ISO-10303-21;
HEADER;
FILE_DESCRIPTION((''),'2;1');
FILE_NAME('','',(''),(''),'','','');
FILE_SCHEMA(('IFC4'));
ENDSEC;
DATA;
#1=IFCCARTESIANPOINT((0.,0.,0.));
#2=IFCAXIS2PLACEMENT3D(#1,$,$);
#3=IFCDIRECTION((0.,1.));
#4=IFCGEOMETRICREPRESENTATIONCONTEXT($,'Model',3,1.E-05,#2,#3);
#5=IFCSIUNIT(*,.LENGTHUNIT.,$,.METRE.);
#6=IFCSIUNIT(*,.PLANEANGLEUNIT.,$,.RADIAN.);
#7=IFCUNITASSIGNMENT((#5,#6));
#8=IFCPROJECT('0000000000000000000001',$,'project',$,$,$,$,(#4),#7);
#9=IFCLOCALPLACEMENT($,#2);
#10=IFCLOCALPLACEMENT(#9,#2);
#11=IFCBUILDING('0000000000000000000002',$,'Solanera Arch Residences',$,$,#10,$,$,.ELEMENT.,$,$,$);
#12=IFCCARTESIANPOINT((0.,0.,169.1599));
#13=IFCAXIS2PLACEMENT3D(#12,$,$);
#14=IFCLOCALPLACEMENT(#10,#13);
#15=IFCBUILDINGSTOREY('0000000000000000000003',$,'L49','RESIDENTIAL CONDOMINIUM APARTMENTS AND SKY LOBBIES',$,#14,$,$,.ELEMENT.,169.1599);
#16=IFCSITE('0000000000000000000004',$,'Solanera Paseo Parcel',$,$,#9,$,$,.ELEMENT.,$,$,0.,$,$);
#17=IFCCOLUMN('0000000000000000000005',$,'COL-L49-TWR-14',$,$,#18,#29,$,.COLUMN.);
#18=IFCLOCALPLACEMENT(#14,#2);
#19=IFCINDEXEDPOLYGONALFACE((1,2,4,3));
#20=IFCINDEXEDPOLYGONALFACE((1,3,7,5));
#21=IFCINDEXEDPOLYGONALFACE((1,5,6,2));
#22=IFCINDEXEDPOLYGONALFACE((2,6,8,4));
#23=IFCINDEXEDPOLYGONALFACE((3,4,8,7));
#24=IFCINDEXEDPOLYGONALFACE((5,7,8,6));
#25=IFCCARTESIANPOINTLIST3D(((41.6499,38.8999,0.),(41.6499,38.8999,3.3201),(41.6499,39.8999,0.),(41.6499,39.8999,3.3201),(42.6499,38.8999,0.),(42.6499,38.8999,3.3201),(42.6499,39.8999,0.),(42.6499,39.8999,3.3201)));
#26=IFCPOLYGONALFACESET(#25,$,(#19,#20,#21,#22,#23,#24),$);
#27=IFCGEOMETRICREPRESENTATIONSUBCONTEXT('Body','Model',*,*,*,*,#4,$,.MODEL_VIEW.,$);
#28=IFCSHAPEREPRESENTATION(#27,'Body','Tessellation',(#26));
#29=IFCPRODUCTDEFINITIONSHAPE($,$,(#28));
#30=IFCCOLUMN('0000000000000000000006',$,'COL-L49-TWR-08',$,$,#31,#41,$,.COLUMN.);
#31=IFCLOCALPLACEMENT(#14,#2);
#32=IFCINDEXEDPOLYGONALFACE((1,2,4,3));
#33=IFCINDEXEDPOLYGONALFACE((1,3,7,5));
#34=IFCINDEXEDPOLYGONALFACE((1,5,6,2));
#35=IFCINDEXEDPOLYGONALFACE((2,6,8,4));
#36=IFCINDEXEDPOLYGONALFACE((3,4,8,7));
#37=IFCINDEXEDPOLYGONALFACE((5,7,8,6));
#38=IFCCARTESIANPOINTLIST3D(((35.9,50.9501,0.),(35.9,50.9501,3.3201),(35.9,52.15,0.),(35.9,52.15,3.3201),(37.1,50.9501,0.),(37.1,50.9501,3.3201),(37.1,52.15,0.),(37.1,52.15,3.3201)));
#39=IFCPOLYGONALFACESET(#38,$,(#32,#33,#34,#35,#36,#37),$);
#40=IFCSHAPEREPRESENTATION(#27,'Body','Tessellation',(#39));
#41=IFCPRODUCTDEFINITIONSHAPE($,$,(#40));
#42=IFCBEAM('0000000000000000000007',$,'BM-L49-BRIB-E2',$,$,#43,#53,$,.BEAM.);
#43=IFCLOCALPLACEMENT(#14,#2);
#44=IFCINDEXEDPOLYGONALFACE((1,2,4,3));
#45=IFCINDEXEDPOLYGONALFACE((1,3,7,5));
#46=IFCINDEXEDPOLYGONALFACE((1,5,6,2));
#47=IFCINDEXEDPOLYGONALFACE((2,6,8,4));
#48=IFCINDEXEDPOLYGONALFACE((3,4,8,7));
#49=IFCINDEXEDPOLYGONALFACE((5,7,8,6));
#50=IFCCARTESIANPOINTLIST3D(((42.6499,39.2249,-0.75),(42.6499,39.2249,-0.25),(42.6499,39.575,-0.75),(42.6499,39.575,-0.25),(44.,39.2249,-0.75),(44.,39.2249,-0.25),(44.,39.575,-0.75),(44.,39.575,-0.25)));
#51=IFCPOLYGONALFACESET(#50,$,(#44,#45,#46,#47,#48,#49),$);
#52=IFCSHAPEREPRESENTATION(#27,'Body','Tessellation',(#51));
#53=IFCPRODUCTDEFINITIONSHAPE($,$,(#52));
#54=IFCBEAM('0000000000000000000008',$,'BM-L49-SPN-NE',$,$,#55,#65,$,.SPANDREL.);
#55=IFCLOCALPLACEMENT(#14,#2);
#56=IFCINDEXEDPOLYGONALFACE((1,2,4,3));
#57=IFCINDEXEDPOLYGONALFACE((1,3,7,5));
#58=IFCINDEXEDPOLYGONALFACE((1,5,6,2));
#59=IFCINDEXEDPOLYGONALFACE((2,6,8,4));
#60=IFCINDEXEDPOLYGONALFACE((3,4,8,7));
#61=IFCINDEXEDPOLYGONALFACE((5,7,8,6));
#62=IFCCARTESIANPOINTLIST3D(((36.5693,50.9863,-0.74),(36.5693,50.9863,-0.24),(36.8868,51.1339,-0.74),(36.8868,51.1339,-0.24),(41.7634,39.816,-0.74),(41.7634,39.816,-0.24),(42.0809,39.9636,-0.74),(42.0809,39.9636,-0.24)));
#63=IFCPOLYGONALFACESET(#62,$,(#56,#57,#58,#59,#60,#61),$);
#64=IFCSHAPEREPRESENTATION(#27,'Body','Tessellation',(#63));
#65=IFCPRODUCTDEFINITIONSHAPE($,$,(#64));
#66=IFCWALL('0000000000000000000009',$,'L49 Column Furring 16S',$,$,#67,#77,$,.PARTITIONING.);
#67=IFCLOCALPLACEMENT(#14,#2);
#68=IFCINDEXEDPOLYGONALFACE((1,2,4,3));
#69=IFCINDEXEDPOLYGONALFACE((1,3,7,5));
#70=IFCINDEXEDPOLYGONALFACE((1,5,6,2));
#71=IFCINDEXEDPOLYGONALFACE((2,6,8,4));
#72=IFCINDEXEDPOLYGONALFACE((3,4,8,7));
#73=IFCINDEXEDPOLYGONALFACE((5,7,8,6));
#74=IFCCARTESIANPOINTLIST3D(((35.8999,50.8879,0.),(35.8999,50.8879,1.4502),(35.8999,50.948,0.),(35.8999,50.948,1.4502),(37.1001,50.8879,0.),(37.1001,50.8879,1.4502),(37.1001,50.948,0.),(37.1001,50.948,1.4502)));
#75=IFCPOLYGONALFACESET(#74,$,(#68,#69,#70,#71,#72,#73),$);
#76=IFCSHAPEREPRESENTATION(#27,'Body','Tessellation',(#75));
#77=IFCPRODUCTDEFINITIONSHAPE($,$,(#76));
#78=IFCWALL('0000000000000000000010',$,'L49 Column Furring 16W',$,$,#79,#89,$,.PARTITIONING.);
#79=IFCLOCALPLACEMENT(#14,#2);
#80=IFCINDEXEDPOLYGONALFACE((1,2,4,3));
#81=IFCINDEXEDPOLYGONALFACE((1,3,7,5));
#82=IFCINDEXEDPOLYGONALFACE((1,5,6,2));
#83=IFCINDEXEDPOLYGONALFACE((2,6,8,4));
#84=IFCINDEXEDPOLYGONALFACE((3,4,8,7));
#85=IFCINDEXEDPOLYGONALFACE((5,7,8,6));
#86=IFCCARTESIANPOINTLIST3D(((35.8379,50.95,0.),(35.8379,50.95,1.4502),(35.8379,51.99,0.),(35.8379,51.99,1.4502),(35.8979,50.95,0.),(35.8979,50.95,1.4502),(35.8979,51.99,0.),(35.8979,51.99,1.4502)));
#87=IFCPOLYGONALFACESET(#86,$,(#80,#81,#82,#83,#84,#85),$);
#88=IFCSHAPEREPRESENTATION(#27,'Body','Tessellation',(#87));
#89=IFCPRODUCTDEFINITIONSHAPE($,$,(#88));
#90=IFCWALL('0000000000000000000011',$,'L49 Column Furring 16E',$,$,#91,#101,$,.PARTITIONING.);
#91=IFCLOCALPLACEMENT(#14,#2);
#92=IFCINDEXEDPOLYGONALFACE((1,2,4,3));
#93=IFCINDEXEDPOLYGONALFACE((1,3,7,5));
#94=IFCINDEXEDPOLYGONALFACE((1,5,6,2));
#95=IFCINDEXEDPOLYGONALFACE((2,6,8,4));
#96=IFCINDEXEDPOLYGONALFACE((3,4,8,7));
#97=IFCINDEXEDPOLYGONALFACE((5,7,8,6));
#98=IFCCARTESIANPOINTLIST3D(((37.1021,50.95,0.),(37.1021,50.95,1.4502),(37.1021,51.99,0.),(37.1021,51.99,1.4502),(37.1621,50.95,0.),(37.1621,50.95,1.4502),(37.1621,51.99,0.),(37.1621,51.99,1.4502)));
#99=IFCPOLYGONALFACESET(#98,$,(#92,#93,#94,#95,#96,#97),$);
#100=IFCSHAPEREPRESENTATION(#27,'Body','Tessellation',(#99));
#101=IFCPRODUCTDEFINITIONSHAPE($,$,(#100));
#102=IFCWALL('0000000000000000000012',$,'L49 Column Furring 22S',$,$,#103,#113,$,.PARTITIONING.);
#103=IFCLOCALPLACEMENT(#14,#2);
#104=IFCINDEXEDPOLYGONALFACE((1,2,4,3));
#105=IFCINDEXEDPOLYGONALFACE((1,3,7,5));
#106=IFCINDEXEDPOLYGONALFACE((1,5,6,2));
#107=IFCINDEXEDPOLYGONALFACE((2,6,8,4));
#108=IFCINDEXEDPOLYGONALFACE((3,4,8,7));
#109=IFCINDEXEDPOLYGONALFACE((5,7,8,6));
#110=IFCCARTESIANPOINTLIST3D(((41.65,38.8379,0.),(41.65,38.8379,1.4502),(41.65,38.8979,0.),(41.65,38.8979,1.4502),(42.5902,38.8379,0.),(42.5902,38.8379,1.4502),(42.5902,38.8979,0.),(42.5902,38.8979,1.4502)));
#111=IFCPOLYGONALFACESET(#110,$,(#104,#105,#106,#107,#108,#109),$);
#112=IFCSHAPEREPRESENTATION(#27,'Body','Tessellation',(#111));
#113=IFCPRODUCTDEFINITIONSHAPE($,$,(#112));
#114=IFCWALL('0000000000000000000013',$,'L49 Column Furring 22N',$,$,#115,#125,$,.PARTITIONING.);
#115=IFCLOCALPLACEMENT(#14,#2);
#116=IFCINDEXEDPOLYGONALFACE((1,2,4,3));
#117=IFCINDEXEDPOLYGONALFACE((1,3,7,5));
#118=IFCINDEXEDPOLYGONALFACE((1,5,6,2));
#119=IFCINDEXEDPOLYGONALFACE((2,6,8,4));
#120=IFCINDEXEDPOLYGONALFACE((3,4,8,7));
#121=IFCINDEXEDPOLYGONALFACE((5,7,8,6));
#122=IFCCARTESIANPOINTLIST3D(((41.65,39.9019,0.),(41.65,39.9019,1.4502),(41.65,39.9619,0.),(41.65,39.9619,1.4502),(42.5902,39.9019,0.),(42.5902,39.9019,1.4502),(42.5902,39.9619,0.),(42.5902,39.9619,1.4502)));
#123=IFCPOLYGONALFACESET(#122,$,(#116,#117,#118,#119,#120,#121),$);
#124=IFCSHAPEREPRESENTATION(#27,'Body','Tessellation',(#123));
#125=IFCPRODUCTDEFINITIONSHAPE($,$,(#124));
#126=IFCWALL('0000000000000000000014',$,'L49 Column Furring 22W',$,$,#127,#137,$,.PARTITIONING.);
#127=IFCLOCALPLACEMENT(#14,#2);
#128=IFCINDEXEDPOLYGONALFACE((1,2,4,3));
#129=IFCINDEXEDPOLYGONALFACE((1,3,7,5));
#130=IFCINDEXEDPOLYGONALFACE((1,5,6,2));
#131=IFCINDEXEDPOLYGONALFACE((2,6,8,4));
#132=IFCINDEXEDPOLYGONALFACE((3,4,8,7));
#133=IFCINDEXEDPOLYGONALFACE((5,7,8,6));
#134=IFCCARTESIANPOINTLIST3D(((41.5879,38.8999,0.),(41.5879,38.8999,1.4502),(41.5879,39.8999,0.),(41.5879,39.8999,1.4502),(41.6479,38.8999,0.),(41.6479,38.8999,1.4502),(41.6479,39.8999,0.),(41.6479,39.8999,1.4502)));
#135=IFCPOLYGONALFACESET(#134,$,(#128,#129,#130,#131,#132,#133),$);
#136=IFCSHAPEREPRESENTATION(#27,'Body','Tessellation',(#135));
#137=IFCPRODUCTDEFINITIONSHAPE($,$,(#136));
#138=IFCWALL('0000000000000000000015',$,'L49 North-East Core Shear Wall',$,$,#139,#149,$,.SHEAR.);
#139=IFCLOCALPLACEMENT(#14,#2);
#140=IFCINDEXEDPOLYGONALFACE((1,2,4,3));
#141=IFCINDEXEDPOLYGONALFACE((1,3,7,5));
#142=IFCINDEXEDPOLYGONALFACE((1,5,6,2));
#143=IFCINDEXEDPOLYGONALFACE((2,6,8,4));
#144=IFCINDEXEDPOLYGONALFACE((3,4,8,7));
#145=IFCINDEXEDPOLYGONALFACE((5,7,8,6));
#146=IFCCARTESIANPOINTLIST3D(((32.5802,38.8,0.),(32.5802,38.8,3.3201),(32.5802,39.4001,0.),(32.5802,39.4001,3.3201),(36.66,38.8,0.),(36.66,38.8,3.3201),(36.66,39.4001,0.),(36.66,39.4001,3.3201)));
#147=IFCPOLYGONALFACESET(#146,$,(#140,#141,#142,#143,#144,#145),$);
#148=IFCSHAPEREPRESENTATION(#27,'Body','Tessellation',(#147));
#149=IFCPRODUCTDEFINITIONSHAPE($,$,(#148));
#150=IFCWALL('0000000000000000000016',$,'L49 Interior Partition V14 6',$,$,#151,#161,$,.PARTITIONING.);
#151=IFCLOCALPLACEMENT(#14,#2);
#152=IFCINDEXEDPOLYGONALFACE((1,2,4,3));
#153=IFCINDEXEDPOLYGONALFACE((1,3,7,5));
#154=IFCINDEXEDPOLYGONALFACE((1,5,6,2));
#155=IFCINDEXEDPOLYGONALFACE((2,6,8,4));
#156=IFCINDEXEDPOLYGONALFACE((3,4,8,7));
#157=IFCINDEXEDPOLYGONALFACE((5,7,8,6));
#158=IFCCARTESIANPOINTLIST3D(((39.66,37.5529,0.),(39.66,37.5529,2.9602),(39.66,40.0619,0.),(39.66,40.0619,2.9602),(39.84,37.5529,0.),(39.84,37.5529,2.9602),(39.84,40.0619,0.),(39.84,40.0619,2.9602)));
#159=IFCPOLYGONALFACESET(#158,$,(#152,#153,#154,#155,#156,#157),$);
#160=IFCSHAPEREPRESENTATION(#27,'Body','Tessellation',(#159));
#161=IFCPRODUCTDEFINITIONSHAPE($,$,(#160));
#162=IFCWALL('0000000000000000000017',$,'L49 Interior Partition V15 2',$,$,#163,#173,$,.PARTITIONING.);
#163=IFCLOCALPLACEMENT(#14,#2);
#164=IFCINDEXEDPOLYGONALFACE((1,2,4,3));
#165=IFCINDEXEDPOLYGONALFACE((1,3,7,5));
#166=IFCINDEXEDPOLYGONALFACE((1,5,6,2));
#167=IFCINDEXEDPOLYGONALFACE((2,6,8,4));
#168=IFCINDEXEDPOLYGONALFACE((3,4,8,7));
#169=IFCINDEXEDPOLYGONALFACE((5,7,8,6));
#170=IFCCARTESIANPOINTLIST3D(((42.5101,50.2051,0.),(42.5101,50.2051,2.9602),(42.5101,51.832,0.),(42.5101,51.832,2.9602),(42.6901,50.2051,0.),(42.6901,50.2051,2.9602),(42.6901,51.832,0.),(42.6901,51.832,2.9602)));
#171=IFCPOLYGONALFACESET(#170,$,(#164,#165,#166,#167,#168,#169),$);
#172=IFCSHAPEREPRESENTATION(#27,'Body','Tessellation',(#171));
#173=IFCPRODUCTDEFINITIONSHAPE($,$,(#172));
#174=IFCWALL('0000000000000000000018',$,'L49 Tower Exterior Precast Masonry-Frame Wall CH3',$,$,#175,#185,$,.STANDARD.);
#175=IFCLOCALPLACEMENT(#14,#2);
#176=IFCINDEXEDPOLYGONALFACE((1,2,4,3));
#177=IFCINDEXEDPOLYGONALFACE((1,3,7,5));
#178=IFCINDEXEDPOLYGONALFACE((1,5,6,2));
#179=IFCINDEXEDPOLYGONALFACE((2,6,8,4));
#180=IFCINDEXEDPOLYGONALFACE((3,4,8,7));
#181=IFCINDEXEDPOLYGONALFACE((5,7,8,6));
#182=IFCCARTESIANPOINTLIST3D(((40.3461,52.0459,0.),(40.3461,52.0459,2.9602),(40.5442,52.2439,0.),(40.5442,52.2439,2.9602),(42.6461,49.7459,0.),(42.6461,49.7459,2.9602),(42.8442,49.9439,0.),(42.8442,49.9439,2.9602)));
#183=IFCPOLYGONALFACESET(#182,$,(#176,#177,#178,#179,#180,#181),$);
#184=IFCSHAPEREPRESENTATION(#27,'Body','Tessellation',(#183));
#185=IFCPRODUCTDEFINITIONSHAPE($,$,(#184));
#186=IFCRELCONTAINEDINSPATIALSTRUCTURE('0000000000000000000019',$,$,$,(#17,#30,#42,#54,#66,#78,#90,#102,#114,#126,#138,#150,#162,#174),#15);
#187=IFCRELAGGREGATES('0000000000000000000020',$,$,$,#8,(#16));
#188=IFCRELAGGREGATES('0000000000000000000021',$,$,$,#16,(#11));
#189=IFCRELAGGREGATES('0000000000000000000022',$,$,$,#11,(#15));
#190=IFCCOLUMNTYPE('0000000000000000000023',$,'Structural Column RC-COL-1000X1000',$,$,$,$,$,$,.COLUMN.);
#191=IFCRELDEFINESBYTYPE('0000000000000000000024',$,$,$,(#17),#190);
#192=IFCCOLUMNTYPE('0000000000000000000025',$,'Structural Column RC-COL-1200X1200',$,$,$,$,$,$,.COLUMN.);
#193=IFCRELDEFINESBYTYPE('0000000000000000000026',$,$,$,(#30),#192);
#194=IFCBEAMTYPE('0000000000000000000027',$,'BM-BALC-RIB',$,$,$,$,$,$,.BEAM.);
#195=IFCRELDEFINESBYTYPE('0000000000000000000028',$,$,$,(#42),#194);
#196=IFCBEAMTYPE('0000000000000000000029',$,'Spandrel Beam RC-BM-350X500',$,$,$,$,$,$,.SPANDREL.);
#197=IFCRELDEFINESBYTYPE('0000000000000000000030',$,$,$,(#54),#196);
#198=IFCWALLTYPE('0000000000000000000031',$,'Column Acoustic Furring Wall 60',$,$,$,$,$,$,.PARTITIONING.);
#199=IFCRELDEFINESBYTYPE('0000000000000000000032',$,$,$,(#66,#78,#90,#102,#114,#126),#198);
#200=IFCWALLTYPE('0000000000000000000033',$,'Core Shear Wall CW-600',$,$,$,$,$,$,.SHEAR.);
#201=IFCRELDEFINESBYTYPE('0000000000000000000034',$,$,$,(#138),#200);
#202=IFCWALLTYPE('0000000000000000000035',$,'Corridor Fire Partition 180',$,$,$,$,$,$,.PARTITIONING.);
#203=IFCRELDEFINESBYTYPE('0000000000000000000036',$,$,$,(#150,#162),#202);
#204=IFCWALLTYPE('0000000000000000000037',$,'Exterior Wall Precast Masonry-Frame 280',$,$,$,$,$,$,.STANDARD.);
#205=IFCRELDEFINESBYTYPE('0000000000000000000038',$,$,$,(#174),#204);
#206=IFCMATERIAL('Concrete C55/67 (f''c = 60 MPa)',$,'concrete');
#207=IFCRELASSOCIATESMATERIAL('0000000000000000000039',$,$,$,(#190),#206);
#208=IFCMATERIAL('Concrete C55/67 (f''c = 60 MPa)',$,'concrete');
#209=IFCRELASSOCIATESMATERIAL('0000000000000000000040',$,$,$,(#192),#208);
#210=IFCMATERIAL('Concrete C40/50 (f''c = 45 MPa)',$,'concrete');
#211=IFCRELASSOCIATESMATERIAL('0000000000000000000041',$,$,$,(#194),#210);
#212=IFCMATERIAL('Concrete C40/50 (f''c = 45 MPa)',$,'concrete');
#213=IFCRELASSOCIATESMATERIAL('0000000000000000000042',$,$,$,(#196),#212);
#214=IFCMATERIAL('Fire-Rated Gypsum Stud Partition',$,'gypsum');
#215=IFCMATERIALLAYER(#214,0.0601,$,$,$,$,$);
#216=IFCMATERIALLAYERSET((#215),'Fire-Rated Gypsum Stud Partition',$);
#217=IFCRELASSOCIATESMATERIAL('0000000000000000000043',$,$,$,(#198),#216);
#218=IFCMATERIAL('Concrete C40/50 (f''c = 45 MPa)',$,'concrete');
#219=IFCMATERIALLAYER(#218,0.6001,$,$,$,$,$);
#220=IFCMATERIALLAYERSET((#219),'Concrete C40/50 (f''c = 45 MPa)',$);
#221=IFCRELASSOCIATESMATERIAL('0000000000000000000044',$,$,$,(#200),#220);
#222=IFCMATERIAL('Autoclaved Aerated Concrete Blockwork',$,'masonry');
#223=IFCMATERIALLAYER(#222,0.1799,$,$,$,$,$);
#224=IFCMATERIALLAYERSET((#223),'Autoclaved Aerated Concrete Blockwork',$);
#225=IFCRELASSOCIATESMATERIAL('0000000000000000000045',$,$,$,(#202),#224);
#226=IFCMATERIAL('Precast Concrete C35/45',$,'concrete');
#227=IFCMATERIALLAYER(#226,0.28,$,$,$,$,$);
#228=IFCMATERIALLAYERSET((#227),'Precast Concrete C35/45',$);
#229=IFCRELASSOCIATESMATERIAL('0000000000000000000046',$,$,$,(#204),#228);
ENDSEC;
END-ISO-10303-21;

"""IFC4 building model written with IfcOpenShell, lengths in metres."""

from ifc_helpers import new_model, si_unit, direction, frame, frame_2d, origin, origin_2d, place, context, subcontext, project, spatial, rectangle, extrude, material, layer, layer_set, material_profile, profile_set, type_object, element, save


model = new_model("IFC4")

# Units and contexts
model_context = context("Model", 3, precision=1e-05, world=origin(), true_north=direction((0.0, 1.0)))
body_context = subcontext(model_context, "Body", "Model", "MODEL_VIEW")
ifc_project = project(units=[si_unit("LENGTHUNIT", "METRE"), si_unit("PLANEANGLEUNIT", "RADIAN")], contexts=[model_context])

# Site, building, storey
site_placement = place(None, origin())
site = spatial("IfcSite", under=ifc_project, at=site_placement, Name="Solanera Paseo Parcel", CompositionType="ELEMENT", RefElevation=0.0)
building_placement = place(site_placement, origin())
building = spatial("IfcBuilding", under=site, at=building_placement, Name="Solanera Arch Residences", CompositionType="ELEMENT")
storey_placement = place(building_placement, frame((0.0, 0.0, 169.1599)))
storey = spatial("IfcBuildingStorey", under=building, at=storey_placement, Name="L49", Description="RESIDENTIAL CONDOMINIUM APARTMENTS AND SKY LOBBIES", CompositionType="ELEMENT", Elevation=169.1599)

# Columns
ifc_material_1 = material(Name="Concrete C55/67 (f'c = 60 MPa)", Category="concrete")
ifc_material_profile_1 = material_profile(ifc_material_1, rectangle(XDim=1.0, YDim=1.0, at=origin_2d()))
ifc_profile_set_1 = profile_set([ifc_material_profile_1], Name="Concrete C55/67 (f'c = 60 MPa)")
column_type_1 = type_object("IfcColumnType", Name="Structural Column RC-COL-1000X1000", PredefinedType="COLUMN", material=ifc_profile_set_1)
column_1_placement = place(storey_placement, frame((42.1499, 39.3999, 0.0), z_axis=(0.0, 0.0, 1.0), x_axis=(1.0, 0.0, 0.0)))
element("IfcColumn", 1, at=column_1_placement, inside=storey, type_object=column_type_1, Name="COL-L49-TWR-14", PredefinedType="COLUMN", context=body_context, shape_type="SweptSolid", body=[
    extrude(rectangle(XDim=1.0, YDim=1.0, at=origin_2d()), origin(), (0.0, 0.0, 1.0), 3.3201),
])
ifc_material_2 = material(Name="Concrete C55/67 (f'c = 60 MPa)", Category="concrete")
ifc_material_profile_2 = material_profile(ifc_material_2, rectangle(XDim=1.2, YDim=1.2, at=origin_2d()))
ifc_profile_set_2 = profile_set([ifc_material_profile_2], Name="Concrete C55/67 (f'c = 60 MPa)")
column_type_2 = type_object("IfcColumnType", Name="Structural Column RC-COL-1200X1200", PredefinedType="COLUMN", material=ifc_profile_set_2)
column_2_placement = place(storey_placement, frame((36.5, 51.55, 0.0), z_axis=(0.0, 0.0, 1.0), x_axis=(1.0, 0.0, 0.0)))
element("IfcColumn", 2, at=column_2_placement, inside=storey, type_object=column_type_2, Name="COL-L49-TWR-08", PredefinedType="COLUMN", context=body_context, shape_type="SweptSolid", body=[
    extrude(rectangle(XDim=1.2, YDim=1.2, at=origin_2d()), origin(), (0.0, 0.0, 1.0), 3.3201),
])

# Beams
ifc_material_3 = material(Name="Concrete C40/50 (f'c = 45 MPa)", Category="concrete")
ifc_material_profile_3 = material_profile(ifc_material_3, rectangle(XDim=0.3501, YDim=0.5, at=origin_2d()))
ifc_profile_set_3 = profile_set([ifc_material_profile_3], Name="Concrete C40/50 (f'c = 45 MPa)")
beam_type_1 = type_object("IfcBeamType", Name="BM-BALC-RIB", PredefinedType="BEAM", material=ifc_profile_set_3)
beam_1_placement = place(storey_placement, frame((42.6499, 39.3999, -0.5), z_axis=(1.0, 0.0, 0.0), x_axis=(0.0, 1.0, 0.0)))
element("IfcBeam", 3, at=beam_1_placement, inside=storey, type_object=beam_type_1, Name="BM-L49-BRIB-E2", PredefinedType="BEAM", context=body_context, shape_type="SweptSolid", body=[
    extrude(rectangle(XDim=0.3501, YDim=0.5, at=origin_2d()), origin(), (0.0, 0.0, 1.0), 1.3501),
])
ifc_material_4 = material(Name="Concrete C40/50 (f'c = 45 MPa)", Category="concrete")
ifc_material_profile_4 = material_profile(ifc_material_4, rectangle(XDim=0.3501, YDim=0.5, at=origin_2d()))
ifc_profile_set_4 = profile_set([ifc_material_profile_4], Name="Concrete C40/50 (f'c = 45 MPa)")
beam_type_2 = type_object("IfcBeamType", Name="Spandrel Beam RC-BM-350X500", PredefinedType="SPANDREL", material=ifc_profile_set_4)
beam_2_placement = place(storey_placement, frame((36.728, 51.0601, -0.49), z_axis=(0.421642, -0.906763, 0.0), x_axis=(0.906763, 0.421642, 0.0)))
element("IfcBeam", 4, at=beam_2_placement, inside=storey, type_object=beam_type_2, Name="BM-L49-SPN-NE", PredefinedType="SPANDREL", context=body_context, shape_type="SweptSolid", body=[
    extrude(rectangle(XDim=0.3501, YDim=0.5, at=origin_2d()), origin(), (0.0, 0.0, 1.0), 12.3188),
])

# Walls
ifc_material_5 = material(Name="Fire-Rated Gypsum Stud Partition", Category="gypsum")
ifc_layer_1 = layer(ifc_material_5, 0.0601)
ifc_layer_set_1 = layer_set([ifc_layer_1], Name="Fire-Rated Gypsum Stud Partition")
wall_type_1 = type_object("IfcWallType", Name="Column Acoustic Furring Wall 60", PredefinedType="PARTITIONING", material=ifc_layer_set_1)
wall_1_placement = place(storey_placement, frame((35.8999, 50.918, 0.0), z_axis=(0.0, 0.0, 1.0), x_axis=(1.0, 0.0, 0.0)))
element("IfcWall", 5, at=wall_1_placement, inside=storey, type_object=wall_type_1, Name="L49 Column Furring 16S", PredefinedType="PARTITIONING", context=body_context, shape_type="SweptSolid", body=[
    extrude(rectangle(XDim=1.2002, YDim=0.0601, at=frame_2d((0.6001, 0.0))), origin(), (0.0, 0.0, 1.0), 1.4502),
])
for number, where, z_axis, x_axis, name in (
    (6, (35.8679, 50.95, 0.0), (0.0, 0.0, 1.0), (0.0, 1.0, 0.0), "L49 Column Furring 16W"),
    (7, (37.1321, 50.95, 0.0), (0.0, 0.0, 1.0), (0.0, 1.0, 0.0), "L49 Column Furring 16E"),
):
    element("IfcWall", number, at=place(storey_placement, frame(where, z_axis=z_axis, x_axis=x_axis)), inside=storey, type_object=wall_type_1, Name=name, PredefinedType="PARTITIONING", context=body_context, shape_type="SweptSolid", body=[
        extrude(rectangle(XDim=1.04, YDim=0.0601, at=frame_2d((0.52, 0.0))), origin(), (0.0, 0.0, 1.0), 1.4502),
    ])
for number, where, z_axis, x_axis, name in (
    (8, (41.6499, 38.8679, 0.0), (0.0, 0.0, 1.0), (1.0, 0.0, 0.0), "L49 Column Furring 22S"),
    (9, (41.6499, 39.9319, 0.0), (0.0, 0.0, 1.0), (1.0, 0.0, 0.0), "L49 Column Furring 22N"),
):
    element("IfcWall", number, at=place(storey_placement, frame(where, z_axis=z_axis, x_axis=x_axis)), inside=storey, type_object=wall_type_1, Name=name, PredefinedType="PARTITIONING", context=body_context, shape_type="SweptSolid", body=[
        extrude(rectangle(XDim=0.9402, YDim=0.0601, at=frame_2d((0.4702, 0.0))), origin(), (0.0, 0.0, 1.0), 1.4502),
    ])
wall_2_placement = place(storey_placement, frame((41.6179, 38.8999, 0.0), z_axis=(0.0, 0.0, 1.0), x_axis=(0.0, 1.0, 0.0)))
element("IfcWall", 10, at=wall_2_placement, inside=storey, type_object=wall_type_1, Name="L49 Column Furring 22W", PredefinedType="PARTITIONING", context=body_context, shape_type="SweptSolid", body=[
    extrude(rectangle(XDim=1.0, YDim=0.0601, at=frame_2d((0.5, 0.0))), origin(), (0.0, 0.0, 1.0), 1.4502),
])
ifc_material_6 = material(Name="Concrete C40/50 (f'c = 45 MPa)", Category="concrete")
ifc_layer_2 = layer(ifc_material_6, 0.6001)
ifc_layer_set_2 = layer_set([ifc_layer_2], Name="Concrete C40/50 (f'c = 45 MPa)")
wall_type_2 = type_object("IfcWallType", Name="Core Shear Wall CW-600", PredefinedType="SHEAR", material=ifc_layer_set_2)
wall_3_placement = place(storey_placement, frame((32.5801, 39.1001, 0.0), z_axis=(0.0, 0.0, 1.0), x_axis=(1.0, 0.0, 0.0)))
element("IfcWall", 11, at=wall_3_placement, inside=storey, type_object=wall_type_2, Name="L49 North-East Core Shear Wall", PredefinedType="SHEAR", context=body_context, shape_type="SweptSolid", body=[
    extrude(rectangle(XDim=4.0798, YDim=0.6001, at=frame_2d((2.04, 0.0))), origin(), (0.0, 0.0, 1.0), 3.3201),
])
ifc_material_7 = material(Name="Autoclaved Aerated Concrete Blockwork", Category="masonry")
ifc_layer_3 = layer(ifc_material_7, 0.1799)
ifc_layer_set_3 = layer_set([ifc_layer_3], Name="Autoclaved Aerated Concrete Blockwork")
wall_type_3 = type_object("IfcWallType", Name="Corridor Fire Partition 180", PredefinedType="PARTITIONING", material=ifc_layer_set_3)
wall_4_placement = place(storey_placement, frame((39.75, 37.553, 0.0), z_axis=(0.0, 0.0, 1.0), x_axis=(0.0, 1.0, 0.0)))
element("IfcWall", 12, at=wall_4_placement, inside=storey, type_object=wall_type_3, Name="L49 Interior Partition V14 6", PredefinedType="PARTITIONING", context=body_context, shape_type="SweptSolid", body=[
    extrude(rectangle(XDim=2.509, YDim=0.1799, at=frame_2d((1.2544, 0.0))), origin(), (0.0, 0.0, 1.0), 2.9602),
])
wall_5_placement = place(storey_placement, frame((42.6001, 50.2051, 0.0), z_axis=(0.0, 0.0, 1.0), x_axis=(0.0, 1.0, 0.0)))
element("IfcWall", 13, at=wall_5_placement, inside=storey, type_object=wall_type_3, Name="L49 Interior Partition V15 2", PredefinedType="PARTITIONING", context=body_context, shape_type="SweptSolid", body=[
    extrude(rectangle(XDim=1.627, YDim=0.1799, at=frame_2d((0.8135, 0.0))), origin(), (0.0, 0.0, 1.0), 2.9602),
])
ifc_material_8 = material(Name="Precast Concrete C35/45", Category="concrete")
ifc_layer_4 = layer(ifc_material_8, 0.28)
ifc_layer_set_4 = layer_set([ifc_layer_4], Name="Precast Concrete C35/45")
wall_type_4 = type_object("IfcWallType", Name="Exterior Wall Precast Masonry-Frame 280", PredefinedType="STANDARD", material=ifc_layer_set_4)
wall_6_placement = place(storey_placement, frame((40.4451, 52.145, 0.0), z_axis=(0.0, 0.0, 1.0), x_axis=(0.707107, -0.707107, 0.0)))
element("IfcWall", 14, at=wall_6_placement, inside=storey, type_object=wall_type_4, Name="L49 Tower Exterior Precast Masonry-Frame Wall CH3", PredefinedType="STANDARD", context=body_context, shape_type="SweptSolid", body=[
    extrude(rectangle(XDim=3.2527, YDim=0.28, at=frame_2d((1.6265, 0.0))), origin(), (0.0, 0.0, 1.0), 2.9602),
])

save(model, "model.ifc")
